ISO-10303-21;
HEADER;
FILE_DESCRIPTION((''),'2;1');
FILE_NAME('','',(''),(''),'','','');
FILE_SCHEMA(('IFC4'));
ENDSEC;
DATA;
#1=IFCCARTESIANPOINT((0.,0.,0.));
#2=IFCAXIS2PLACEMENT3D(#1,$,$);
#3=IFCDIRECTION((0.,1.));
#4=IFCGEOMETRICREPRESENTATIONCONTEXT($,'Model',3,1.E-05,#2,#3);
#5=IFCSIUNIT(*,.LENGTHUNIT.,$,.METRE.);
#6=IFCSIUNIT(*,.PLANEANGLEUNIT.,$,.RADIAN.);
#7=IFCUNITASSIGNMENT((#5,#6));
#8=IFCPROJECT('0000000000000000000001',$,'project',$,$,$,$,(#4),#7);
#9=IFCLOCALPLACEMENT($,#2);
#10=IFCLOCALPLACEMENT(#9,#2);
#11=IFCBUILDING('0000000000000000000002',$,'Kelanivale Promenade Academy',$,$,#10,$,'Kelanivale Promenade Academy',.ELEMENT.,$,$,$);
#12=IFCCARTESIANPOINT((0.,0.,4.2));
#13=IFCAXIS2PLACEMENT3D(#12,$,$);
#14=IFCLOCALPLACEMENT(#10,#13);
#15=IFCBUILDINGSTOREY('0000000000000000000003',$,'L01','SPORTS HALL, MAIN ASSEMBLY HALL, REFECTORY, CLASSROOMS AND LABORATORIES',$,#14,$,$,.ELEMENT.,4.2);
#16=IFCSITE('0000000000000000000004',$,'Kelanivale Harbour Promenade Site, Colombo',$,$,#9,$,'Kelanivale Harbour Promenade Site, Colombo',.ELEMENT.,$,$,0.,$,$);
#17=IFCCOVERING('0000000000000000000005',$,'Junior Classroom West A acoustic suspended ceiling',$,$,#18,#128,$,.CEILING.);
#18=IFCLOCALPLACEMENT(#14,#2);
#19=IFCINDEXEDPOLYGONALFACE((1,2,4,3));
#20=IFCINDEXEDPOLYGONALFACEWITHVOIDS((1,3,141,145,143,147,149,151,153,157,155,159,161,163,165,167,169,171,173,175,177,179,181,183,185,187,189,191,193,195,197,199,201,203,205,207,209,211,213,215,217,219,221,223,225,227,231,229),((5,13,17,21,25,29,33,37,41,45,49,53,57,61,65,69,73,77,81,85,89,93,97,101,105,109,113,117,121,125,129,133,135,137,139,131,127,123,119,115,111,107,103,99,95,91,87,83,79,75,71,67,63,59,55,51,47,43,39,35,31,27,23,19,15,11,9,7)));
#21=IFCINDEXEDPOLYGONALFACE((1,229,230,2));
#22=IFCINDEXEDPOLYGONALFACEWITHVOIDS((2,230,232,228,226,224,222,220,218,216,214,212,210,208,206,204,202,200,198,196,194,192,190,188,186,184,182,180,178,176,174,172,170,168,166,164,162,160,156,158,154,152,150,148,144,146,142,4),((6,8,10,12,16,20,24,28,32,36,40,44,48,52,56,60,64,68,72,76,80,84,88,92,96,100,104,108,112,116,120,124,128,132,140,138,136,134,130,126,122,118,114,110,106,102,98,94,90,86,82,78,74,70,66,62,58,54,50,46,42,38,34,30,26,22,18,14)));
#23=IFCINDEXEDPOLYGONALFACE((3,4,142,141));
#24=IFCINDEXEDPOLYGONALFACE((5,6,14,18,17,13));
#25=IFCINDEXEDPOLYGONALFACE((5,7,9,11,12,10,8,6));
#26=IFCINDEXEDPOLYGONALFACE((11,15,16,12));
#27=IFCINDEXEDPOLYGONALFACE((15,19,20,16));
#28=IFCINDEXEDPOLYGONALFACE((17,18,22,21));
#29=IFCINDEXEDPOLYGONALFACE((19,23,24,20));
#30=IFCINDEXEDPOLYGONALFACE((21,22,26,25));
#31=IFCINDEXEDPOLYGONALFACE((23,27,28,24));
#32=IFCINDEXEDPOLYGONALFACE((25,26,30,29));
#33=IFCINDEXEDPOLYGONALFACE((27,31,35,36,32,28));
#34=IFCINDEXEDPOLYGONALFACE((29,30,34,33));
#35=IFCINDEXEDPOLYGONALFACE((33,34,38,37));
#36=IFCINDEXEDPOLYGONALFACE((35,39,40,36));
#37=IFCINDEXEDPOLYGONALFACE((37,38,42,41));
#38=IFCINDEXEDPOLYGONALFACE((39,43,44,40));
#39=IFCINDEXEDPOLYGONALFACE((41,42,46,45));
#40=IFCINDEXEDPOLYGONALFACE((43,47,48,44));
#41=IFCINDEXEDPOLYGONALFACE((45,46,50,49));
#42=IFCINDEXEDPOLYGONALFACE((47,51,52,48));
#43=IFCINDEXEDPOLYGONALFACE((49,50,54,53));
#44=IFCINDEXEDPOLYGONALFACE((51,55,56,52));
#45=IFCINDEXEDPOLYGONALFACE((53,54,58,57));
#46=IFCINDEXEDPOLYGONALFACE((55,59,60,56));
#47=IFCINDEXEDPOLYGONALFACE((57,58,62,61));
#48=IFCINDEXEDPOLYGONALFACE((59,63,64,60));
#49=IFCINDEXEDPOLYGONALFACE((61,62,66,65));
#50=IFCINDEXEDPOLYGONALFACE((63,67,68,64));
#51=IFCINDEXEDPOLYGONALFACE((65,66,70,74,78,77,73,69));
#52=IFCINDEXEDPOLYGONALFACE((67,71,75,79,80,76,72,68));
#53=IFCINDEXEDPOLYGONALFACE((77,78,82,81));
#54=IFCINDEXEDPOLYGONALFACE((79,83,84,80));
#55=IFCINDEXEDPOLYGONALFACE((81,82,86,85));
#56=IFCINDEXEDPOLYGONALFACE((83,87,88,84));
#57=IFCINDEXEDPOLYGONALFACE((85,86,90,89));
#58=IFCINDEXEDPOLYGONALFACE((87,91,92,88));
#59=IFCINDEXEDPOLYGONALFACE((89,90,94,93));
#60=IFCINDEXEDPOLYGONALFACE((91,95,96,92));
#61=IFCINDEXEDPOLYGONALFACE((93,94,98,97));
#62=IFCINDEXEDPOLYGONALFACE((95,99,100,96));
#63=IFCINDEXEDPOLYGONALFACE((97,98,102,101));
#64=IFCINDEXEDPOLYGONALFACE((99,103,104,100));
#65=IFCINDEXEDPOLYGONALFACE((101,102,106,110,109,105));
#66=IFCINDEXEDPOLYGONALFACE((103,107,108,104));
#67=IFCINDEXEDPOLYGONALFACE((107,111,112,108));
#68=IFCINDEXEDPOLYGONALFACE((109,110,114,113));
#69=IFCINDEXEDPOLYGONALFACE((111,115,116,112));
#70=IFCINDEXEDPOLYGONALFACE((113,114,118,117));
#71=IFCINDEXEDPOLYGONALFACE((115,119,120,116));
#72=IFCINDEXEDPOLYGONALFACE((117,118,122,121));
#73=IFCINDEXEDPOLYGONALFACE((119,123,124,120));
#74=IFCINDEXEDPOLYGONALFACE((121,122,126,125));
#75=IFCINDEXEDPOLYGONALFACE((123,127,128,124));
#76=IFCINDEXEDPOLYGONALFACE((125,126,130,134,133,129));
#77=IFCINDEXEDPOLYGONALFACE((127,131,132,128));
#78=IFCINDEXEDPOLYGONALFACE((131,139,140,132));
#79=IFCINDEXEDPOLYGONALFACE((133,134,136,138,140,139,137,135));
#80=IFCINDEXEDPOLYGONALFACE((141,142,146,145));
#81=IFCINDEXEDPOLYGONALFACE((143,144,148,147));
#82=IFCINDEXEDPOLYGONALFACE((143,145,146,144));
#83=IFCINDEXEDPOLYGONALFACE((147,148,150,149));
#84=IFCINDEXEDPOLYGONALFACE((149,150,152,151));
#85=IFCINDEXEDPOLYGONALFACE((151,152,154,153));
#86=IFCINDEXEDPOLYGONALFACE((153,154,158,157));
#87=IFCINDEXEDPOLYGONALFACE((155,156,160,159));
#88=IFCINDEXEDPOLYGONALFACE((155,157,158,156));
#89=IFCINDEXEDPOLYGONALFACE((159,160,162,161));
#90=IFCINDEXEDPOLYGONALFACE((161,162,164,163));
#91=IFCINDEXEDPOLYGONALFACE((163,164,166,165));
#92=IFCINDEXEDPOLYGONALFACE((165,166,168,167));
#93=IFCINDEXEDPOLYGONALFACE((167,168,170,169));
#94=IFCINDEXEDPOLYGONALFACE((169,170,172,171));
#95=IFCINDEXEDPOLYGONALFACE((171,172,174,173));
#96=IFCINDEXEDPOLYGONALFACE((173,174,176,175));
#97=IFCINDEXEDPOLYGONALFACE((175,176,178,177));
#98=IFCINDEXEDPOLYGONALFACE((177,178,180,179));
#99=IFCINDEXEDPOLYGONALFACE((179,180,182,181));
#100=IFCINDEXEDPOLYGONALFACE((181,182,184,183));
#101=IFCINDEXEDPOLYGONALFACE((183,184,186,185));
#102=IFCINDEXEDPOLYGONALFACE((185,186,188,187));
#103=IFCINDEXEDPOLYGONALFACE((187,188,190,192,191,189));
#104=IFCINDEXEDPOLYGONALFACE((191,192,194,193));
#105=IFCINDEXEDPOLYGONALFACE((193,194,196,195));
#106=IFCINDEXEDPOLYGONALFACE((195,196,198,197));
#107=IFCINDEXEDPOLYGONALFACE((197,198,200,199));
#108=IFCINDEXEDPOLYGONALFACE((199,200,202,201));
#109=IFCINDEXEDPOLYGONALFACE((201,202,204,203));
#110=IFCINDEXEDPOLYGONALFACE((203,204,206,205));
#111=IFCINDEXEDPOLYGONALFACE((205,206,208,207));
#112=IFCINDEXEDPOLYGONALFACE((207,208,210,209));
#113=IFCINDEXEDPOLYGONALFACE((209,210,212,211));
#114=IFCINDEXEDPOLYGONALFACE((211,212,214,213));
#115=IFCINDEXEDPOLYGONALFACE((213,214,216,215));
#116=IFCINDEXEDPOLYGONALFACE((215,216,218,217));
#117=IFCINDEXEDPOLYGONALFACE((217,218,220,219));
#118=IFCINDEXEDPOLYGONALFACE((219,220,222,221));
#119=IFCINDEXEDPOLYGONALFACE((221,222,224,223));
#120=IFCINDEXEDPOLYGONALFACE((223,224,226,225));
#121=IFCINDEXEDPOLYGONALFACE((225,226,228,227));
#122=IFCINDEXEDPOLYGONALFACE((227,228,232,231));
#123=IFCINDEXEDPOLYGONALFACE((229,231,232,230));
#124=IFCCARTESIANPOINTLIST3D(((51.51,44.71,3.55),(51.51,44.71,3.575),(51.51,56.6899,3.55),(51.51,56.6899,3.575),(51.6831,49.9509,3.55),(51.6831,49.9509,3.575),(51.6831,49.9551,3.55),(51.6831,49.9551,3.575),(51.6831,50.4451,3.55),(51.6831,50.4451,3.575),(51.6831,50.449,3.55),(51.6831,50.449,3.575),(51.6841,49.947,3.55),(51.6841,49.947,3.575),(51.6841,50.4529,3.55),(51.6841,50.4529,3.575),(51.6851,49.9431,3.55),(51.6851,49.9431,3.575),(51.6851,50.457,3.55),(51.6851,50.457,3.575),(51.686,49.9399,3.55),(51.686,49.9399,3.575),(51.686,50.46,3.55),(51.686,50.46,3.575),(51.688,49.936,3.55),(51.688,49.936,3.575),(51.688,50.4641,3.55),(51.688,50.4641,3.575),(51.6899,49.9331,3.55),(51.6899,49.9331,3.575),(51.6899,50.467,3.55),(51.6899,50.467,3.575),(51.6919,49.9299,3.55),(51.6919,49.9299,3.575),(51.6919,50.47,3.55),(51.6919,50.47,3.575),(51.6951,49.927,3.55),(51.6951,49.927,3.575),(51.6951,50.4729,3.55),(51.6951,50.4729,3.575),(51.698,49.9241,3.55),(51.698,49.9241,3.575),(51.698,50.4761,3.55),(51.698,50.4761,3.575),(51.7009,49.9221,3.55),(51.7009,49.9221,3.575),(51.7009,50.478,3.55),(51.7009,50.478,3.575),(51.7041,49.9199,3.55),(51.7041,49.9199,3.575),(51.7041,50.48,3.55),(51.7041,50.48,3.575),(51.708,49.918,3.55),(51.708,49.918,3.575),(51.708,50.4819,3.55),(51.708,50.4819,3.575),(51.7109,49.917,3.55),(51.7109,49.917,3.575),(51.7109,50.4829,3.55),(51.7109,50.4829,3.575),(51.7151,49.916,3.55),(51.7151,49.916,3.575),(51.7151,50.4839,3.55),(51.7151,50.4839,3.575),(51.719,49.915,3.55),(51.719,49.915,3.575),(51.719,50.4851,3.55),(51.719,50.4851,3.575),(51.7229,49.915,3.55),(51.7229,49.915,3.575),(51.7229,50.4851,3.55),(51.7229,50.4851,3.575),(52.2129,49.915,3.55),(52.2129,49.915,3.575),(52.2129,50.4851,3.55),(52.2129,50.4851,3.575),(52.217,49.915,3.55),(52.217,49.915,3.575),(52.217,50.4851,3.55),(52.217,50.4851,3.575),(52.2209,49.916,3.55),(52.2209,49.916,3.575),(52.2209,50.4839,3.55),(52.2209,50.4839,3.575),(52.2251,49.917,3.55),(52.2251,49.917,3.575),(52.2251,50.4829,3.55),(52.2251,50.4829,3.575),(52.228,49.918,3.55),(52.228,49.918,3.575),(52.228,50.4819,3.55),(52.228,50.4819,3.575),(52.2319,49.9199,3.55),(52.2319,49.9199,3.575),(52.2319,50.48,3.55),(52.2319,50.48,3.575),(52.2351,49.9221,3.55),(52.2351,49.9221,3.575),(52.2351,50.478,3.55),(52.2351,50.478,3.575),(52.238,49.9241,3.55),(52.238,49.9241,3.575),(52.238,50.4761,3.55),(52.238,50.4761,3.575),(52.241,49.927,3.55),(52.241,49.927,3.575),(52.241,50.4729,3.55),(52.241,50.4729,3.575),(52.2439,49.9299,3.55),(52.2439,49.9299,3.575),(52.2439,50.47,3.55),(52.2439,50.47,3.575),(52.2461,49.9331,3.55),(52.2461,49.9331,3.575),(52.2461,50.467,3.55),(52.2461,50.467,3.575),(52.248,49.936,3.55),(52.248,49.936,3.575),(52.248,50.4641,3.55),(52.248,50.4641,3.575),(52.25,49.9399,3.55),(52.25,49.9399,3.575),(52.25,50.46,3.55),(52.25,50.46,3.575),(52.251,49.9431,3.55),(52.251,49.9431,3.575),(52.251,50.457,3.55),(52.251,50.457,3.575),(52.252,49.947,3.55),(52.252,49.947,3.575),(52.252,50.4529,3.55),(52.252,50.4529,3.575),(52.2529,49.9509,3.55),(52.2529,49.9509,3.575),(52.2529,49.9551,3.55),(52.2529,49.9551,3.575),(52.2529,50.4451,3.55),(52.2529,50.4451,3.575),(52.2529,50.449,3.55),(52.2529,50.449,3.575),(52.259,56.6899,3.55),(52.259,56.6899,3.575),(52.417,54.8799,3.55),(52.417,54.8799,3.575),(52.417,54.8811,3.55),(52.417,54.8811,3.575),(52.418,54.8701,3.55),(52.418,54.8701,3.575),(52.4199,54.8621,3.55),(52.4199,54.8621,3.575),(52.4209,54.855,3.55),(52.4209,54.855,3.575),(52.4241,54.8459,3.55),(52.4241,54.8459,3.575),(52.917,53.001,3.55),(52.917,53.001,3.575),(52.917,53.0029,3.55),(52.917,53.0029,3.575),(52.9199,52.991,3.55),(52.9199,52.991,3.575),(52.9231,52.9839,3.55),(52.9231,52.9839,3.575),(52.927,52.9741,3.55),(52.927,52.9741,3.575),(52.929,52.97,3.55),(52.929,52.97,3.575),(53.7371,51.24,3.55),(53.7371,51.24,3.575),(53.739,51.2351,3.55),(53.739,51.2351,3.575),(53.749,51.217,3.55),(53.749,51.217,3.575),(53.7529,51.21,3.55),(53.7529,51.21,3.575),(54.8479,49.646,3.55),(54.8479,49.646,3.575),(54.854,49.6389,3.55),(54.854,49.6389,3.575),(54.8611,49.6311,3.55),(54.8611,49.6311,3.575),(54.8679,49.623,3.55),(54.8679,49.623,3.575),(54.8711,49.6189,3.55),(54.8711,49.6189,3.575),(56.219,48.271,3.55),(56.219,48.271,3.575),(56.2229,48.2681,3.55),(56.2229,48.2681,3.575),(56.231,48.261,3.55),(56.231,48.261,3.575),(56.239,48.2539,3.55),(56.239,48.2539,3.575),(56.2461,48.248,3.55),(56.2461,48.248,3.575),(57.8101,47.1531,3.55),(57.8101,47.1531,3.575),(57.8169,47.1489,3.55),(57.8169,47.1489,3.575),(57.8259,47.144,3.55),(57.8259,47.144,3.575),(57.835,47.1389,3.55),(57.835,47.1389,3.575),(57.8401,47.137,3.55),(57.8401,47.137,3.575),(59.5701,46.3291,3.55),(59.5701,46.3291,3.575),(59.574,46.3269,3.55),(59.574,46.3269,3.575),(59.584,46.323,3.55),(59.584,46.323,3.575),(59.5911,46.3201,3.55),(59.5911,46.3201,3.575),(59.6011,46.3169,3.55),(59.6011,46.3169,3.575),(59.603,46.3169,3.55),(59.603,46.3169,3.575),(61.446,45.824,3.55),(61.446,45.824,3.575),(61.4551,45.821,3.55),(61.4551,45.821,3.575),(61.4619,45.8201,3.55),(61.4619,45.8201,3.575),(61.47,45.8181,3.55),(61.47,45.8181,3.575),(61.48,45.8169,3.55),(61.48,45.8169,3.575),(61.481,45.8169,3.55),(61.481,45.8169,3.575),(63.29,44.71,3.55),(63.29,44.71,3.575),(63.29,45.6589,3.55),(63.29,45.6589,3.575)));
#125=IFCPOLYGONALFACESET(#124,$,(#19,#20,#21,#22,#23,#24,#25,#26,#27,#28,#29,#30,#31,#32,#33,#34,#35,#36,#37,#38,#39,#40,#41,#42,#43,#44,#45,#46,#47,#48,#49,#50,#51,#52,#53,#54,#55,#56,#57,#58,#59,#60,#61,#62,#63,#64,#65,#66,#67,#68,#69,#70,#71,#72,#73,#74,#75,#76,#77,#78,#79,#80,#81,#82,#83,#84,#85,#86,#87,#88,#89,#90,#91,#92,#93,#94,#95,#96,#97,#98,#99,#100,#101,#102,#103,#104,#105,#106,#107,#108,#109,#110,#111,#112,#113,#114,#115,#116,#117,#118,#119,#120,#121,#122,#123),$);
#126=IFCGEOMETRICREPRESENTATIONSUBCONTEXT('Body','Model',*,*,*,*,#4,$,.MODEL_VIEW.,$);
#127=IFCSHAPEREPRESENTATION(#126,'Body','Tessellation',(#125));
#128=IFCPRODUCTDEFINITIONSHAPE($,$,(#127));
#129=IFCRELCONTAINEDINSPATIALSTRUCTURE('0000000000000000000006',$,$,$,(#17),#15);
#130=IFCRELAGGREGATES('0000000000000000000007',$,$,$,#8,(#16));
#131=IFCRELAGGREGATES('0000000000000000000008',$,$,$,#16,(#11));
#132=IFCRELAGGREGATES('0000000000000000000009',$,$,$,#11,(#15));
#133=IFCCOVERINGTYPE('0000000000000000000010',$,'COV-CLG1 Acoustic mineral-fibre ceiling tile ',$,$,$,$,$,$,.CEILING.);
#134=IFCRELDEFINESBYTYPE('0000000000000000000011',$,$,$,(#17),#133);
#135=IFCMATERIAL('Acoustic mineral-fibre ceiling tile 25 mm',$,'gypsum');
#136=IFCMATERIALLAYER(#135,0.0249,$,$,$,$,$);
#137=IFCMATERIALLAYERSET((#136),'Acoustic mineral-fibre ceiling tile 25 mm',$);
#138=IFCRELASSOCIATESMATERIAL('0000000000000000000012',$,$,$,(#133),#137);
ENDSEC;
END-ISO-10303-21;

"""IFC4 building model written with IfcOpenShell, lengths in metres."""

from ifc_helpers import new_model, si_unit, direction, frame, origin, place, context, subcontext, project, spatial, polyline, outline, extrude, material, layer, layer_set, type_object, element, save


model = new_model("IFC4")

# Units and contexts
model_context = context("Model", 3, precision=1e-05, world=origin(), true_north=direction((0.0, 1.0)))
body_context = subcontext(model_context, "Body", "Model", "MODEL_VIEW")
ifc_project = project(units=[si_unit("LENGTHUNIT", "METRE"), si_unit("PLANEANGLEUNIT", "RADIAN")], contexts=[model_context])

# Site, building, storey
site_placement = place(None, origin())
site = spatial("IfcSite", under=ifc_project, at=site_placement, Name="Kelanivale Harbour Promenade Site, Colombo", LongName="Kelanivale Harbour Promenade Site, Colombo", CompositionType="ELEMENT", RefElevation=0.0)
building_placement = place(site_placement, origin())
building = spatial("IfcBuilding", under=site, at=building_placement, Name="Kelanivale Promenade Academy", LongName="Kelanivale Promenade Academy", CompositionType="ELEMENT")
storey_placement = place(building_placement, frame((0.0, 0.0, 4.2)))
storey = spatial("IfcBuildingStorey", under=building, at=storey_placement, Name="L01", Description="SPORTS HALL, MAIN ASSEMBLY HALL, REFECTORY, CLASSROOMS AND LABORATORIES", CompositionType="ELEMENT", Elevation=4.2)

# Covering
ifc_material_1 = material(Name="Acoustic mineral-fibre ceiling tile 25 mm", Category="gypsum")
ifc_layer_1 = layer(ifc_material_1, 0.0249)
ifc_layer_set_1 = layer_set([ifc_layer_1], Name="Acoustic mineral-fibre ceiling tile 25 mm")
covering_type = type_object("IfcCoveringType", Name="COV-CLG1 Acoustic mineral-fibre ceiling tile ", PredefinedType="CEILING", material=ifc_layer_set_1)
covering_1_placement = place(storey_placement, frame((0.0, 0.0, 3.55)))
element("IfcCovering", 1, at=covering_1_placement, inside=storey, type_object=covering_type, Name="Junior Classroom West A acoustic suspended ceiling", PredefinedType="CEILING", context=body_context, shape_type="SweptSolid", body=[
    extrude(outline(polyline([(56.2461, 48.248), (56.239, 48.2539), (56.231, 48.261), (56.2229, 48.2681), (56.219, 48.271), (54.8711, 49.6189), (54.8679, 49.623), (54.8611, 49.6311), (54.854, 49.6389), (54.8479, 49.646), (53.7529, 51.21), (53.749, 51.217), (53.739, 51.2351), (53.7371, 51.24), (52.929, 52.97), (52.927, 52.9741), (52.9231, 52.9839), (52.9199, 52.991), (52.917, 53.001), (52.917, 53.0029), (52.4241, 54.8459), (52.4209, 54.855), (52.4199, 54.8621), (52.418, 54.8701), (52.417, 54.8799), (52.417, 54.8811), (52.259, 56.6899), (51.51, 56.6899), (51.51, 44.71), (63.29, 44.71), (63.29, 45.6589), (61.481, 45.8169), (61.48, 45.8169), (61.47, 45.8181), (61.4619, 45.8201), (61.4551, 45.821), (61.446, 45.824), (59.603, 46.3169), (59.6011, 46.3169), (59.5911, 46.3201), (59.584, 46.323), (59.574, 46.3269), (59.5701, 46.3291), (57.8401, 47.137), (57.835, 47.1389), (57.8259, 47.144), (57.8169, 47.1489), (57.8101, 47.1531), (56.2461, 48.248)]), holes=[polyline([(52.2529, 49.9551), (52.2529, 49.9509), (52.252, 49.947), (52.251, 49.9431), (52.25, 49.9399), (52.248, 49.936), (52.2461, 49.9331), (52.2439, 49.9299), (52.241, 49.927), (52.238, 49.9241), (52.2351, 49.9221), (52.2319, 49.9199), (52.228, 49.918), (52.2251, 49.917), (52.2209, 49.916), (52.217, 49.915), (52.2129, 49.915), (51.7229, 49.915), (51.719, 49.915), (51.7151, 49.916), (51.7109, 49.917), (51.708, 49.918), (51.7041, 49.9199), (51.7009, 49.9221), (51.698, 49.9241), (51.6951, 49.927), (51.6919, 49.9299), (51.6899, 49.9331), (51.688, 49.936), (51.686, 49.9399), (51.6851, 49.9431), (51.6841, 49.947), (51.6831, 49.9509), (51.6831, 49.9551), (51.6831, 50.4451), (51.6831, 50.449), (51.6841, 50.4529), (51.6851, 50.457), (51.686, 50.46), (51.688, 50.4641), (51.6899, 50.467), (51.6919, 50.47), (51.6951, 50.4729), (51.698, 50.4761), (51.7009, 50.478), (51.7041, 50.48), (51.708, 50.4819), (51.7109, 50.4829), (51.7151, 50.4839), (51.719, 50.4851), (51.7229, 50.4851), (52.2129, 50.4851), (52.217, 50.4851), (52.2209, 50.4839), (52.2251, 50.4829), (52.228, 50.4819), (52.2319, 50.48), (52.2351, 50.478), (52.238, 50.4761), (52.241, 50.4729), (52.2439, 50.47), (52.2461, 50.467), (52.248, 50.4641), (52.25, 50.46), (52.251, 50.457), (52.252, 50.4529), (52.2529, 50.449), (52.2529, 50.4451), (52.2529, 49.9551)])]), origin(), (0.0, 0.0, 1.0), 0.0249),
])

save(model, "model.ifc")
